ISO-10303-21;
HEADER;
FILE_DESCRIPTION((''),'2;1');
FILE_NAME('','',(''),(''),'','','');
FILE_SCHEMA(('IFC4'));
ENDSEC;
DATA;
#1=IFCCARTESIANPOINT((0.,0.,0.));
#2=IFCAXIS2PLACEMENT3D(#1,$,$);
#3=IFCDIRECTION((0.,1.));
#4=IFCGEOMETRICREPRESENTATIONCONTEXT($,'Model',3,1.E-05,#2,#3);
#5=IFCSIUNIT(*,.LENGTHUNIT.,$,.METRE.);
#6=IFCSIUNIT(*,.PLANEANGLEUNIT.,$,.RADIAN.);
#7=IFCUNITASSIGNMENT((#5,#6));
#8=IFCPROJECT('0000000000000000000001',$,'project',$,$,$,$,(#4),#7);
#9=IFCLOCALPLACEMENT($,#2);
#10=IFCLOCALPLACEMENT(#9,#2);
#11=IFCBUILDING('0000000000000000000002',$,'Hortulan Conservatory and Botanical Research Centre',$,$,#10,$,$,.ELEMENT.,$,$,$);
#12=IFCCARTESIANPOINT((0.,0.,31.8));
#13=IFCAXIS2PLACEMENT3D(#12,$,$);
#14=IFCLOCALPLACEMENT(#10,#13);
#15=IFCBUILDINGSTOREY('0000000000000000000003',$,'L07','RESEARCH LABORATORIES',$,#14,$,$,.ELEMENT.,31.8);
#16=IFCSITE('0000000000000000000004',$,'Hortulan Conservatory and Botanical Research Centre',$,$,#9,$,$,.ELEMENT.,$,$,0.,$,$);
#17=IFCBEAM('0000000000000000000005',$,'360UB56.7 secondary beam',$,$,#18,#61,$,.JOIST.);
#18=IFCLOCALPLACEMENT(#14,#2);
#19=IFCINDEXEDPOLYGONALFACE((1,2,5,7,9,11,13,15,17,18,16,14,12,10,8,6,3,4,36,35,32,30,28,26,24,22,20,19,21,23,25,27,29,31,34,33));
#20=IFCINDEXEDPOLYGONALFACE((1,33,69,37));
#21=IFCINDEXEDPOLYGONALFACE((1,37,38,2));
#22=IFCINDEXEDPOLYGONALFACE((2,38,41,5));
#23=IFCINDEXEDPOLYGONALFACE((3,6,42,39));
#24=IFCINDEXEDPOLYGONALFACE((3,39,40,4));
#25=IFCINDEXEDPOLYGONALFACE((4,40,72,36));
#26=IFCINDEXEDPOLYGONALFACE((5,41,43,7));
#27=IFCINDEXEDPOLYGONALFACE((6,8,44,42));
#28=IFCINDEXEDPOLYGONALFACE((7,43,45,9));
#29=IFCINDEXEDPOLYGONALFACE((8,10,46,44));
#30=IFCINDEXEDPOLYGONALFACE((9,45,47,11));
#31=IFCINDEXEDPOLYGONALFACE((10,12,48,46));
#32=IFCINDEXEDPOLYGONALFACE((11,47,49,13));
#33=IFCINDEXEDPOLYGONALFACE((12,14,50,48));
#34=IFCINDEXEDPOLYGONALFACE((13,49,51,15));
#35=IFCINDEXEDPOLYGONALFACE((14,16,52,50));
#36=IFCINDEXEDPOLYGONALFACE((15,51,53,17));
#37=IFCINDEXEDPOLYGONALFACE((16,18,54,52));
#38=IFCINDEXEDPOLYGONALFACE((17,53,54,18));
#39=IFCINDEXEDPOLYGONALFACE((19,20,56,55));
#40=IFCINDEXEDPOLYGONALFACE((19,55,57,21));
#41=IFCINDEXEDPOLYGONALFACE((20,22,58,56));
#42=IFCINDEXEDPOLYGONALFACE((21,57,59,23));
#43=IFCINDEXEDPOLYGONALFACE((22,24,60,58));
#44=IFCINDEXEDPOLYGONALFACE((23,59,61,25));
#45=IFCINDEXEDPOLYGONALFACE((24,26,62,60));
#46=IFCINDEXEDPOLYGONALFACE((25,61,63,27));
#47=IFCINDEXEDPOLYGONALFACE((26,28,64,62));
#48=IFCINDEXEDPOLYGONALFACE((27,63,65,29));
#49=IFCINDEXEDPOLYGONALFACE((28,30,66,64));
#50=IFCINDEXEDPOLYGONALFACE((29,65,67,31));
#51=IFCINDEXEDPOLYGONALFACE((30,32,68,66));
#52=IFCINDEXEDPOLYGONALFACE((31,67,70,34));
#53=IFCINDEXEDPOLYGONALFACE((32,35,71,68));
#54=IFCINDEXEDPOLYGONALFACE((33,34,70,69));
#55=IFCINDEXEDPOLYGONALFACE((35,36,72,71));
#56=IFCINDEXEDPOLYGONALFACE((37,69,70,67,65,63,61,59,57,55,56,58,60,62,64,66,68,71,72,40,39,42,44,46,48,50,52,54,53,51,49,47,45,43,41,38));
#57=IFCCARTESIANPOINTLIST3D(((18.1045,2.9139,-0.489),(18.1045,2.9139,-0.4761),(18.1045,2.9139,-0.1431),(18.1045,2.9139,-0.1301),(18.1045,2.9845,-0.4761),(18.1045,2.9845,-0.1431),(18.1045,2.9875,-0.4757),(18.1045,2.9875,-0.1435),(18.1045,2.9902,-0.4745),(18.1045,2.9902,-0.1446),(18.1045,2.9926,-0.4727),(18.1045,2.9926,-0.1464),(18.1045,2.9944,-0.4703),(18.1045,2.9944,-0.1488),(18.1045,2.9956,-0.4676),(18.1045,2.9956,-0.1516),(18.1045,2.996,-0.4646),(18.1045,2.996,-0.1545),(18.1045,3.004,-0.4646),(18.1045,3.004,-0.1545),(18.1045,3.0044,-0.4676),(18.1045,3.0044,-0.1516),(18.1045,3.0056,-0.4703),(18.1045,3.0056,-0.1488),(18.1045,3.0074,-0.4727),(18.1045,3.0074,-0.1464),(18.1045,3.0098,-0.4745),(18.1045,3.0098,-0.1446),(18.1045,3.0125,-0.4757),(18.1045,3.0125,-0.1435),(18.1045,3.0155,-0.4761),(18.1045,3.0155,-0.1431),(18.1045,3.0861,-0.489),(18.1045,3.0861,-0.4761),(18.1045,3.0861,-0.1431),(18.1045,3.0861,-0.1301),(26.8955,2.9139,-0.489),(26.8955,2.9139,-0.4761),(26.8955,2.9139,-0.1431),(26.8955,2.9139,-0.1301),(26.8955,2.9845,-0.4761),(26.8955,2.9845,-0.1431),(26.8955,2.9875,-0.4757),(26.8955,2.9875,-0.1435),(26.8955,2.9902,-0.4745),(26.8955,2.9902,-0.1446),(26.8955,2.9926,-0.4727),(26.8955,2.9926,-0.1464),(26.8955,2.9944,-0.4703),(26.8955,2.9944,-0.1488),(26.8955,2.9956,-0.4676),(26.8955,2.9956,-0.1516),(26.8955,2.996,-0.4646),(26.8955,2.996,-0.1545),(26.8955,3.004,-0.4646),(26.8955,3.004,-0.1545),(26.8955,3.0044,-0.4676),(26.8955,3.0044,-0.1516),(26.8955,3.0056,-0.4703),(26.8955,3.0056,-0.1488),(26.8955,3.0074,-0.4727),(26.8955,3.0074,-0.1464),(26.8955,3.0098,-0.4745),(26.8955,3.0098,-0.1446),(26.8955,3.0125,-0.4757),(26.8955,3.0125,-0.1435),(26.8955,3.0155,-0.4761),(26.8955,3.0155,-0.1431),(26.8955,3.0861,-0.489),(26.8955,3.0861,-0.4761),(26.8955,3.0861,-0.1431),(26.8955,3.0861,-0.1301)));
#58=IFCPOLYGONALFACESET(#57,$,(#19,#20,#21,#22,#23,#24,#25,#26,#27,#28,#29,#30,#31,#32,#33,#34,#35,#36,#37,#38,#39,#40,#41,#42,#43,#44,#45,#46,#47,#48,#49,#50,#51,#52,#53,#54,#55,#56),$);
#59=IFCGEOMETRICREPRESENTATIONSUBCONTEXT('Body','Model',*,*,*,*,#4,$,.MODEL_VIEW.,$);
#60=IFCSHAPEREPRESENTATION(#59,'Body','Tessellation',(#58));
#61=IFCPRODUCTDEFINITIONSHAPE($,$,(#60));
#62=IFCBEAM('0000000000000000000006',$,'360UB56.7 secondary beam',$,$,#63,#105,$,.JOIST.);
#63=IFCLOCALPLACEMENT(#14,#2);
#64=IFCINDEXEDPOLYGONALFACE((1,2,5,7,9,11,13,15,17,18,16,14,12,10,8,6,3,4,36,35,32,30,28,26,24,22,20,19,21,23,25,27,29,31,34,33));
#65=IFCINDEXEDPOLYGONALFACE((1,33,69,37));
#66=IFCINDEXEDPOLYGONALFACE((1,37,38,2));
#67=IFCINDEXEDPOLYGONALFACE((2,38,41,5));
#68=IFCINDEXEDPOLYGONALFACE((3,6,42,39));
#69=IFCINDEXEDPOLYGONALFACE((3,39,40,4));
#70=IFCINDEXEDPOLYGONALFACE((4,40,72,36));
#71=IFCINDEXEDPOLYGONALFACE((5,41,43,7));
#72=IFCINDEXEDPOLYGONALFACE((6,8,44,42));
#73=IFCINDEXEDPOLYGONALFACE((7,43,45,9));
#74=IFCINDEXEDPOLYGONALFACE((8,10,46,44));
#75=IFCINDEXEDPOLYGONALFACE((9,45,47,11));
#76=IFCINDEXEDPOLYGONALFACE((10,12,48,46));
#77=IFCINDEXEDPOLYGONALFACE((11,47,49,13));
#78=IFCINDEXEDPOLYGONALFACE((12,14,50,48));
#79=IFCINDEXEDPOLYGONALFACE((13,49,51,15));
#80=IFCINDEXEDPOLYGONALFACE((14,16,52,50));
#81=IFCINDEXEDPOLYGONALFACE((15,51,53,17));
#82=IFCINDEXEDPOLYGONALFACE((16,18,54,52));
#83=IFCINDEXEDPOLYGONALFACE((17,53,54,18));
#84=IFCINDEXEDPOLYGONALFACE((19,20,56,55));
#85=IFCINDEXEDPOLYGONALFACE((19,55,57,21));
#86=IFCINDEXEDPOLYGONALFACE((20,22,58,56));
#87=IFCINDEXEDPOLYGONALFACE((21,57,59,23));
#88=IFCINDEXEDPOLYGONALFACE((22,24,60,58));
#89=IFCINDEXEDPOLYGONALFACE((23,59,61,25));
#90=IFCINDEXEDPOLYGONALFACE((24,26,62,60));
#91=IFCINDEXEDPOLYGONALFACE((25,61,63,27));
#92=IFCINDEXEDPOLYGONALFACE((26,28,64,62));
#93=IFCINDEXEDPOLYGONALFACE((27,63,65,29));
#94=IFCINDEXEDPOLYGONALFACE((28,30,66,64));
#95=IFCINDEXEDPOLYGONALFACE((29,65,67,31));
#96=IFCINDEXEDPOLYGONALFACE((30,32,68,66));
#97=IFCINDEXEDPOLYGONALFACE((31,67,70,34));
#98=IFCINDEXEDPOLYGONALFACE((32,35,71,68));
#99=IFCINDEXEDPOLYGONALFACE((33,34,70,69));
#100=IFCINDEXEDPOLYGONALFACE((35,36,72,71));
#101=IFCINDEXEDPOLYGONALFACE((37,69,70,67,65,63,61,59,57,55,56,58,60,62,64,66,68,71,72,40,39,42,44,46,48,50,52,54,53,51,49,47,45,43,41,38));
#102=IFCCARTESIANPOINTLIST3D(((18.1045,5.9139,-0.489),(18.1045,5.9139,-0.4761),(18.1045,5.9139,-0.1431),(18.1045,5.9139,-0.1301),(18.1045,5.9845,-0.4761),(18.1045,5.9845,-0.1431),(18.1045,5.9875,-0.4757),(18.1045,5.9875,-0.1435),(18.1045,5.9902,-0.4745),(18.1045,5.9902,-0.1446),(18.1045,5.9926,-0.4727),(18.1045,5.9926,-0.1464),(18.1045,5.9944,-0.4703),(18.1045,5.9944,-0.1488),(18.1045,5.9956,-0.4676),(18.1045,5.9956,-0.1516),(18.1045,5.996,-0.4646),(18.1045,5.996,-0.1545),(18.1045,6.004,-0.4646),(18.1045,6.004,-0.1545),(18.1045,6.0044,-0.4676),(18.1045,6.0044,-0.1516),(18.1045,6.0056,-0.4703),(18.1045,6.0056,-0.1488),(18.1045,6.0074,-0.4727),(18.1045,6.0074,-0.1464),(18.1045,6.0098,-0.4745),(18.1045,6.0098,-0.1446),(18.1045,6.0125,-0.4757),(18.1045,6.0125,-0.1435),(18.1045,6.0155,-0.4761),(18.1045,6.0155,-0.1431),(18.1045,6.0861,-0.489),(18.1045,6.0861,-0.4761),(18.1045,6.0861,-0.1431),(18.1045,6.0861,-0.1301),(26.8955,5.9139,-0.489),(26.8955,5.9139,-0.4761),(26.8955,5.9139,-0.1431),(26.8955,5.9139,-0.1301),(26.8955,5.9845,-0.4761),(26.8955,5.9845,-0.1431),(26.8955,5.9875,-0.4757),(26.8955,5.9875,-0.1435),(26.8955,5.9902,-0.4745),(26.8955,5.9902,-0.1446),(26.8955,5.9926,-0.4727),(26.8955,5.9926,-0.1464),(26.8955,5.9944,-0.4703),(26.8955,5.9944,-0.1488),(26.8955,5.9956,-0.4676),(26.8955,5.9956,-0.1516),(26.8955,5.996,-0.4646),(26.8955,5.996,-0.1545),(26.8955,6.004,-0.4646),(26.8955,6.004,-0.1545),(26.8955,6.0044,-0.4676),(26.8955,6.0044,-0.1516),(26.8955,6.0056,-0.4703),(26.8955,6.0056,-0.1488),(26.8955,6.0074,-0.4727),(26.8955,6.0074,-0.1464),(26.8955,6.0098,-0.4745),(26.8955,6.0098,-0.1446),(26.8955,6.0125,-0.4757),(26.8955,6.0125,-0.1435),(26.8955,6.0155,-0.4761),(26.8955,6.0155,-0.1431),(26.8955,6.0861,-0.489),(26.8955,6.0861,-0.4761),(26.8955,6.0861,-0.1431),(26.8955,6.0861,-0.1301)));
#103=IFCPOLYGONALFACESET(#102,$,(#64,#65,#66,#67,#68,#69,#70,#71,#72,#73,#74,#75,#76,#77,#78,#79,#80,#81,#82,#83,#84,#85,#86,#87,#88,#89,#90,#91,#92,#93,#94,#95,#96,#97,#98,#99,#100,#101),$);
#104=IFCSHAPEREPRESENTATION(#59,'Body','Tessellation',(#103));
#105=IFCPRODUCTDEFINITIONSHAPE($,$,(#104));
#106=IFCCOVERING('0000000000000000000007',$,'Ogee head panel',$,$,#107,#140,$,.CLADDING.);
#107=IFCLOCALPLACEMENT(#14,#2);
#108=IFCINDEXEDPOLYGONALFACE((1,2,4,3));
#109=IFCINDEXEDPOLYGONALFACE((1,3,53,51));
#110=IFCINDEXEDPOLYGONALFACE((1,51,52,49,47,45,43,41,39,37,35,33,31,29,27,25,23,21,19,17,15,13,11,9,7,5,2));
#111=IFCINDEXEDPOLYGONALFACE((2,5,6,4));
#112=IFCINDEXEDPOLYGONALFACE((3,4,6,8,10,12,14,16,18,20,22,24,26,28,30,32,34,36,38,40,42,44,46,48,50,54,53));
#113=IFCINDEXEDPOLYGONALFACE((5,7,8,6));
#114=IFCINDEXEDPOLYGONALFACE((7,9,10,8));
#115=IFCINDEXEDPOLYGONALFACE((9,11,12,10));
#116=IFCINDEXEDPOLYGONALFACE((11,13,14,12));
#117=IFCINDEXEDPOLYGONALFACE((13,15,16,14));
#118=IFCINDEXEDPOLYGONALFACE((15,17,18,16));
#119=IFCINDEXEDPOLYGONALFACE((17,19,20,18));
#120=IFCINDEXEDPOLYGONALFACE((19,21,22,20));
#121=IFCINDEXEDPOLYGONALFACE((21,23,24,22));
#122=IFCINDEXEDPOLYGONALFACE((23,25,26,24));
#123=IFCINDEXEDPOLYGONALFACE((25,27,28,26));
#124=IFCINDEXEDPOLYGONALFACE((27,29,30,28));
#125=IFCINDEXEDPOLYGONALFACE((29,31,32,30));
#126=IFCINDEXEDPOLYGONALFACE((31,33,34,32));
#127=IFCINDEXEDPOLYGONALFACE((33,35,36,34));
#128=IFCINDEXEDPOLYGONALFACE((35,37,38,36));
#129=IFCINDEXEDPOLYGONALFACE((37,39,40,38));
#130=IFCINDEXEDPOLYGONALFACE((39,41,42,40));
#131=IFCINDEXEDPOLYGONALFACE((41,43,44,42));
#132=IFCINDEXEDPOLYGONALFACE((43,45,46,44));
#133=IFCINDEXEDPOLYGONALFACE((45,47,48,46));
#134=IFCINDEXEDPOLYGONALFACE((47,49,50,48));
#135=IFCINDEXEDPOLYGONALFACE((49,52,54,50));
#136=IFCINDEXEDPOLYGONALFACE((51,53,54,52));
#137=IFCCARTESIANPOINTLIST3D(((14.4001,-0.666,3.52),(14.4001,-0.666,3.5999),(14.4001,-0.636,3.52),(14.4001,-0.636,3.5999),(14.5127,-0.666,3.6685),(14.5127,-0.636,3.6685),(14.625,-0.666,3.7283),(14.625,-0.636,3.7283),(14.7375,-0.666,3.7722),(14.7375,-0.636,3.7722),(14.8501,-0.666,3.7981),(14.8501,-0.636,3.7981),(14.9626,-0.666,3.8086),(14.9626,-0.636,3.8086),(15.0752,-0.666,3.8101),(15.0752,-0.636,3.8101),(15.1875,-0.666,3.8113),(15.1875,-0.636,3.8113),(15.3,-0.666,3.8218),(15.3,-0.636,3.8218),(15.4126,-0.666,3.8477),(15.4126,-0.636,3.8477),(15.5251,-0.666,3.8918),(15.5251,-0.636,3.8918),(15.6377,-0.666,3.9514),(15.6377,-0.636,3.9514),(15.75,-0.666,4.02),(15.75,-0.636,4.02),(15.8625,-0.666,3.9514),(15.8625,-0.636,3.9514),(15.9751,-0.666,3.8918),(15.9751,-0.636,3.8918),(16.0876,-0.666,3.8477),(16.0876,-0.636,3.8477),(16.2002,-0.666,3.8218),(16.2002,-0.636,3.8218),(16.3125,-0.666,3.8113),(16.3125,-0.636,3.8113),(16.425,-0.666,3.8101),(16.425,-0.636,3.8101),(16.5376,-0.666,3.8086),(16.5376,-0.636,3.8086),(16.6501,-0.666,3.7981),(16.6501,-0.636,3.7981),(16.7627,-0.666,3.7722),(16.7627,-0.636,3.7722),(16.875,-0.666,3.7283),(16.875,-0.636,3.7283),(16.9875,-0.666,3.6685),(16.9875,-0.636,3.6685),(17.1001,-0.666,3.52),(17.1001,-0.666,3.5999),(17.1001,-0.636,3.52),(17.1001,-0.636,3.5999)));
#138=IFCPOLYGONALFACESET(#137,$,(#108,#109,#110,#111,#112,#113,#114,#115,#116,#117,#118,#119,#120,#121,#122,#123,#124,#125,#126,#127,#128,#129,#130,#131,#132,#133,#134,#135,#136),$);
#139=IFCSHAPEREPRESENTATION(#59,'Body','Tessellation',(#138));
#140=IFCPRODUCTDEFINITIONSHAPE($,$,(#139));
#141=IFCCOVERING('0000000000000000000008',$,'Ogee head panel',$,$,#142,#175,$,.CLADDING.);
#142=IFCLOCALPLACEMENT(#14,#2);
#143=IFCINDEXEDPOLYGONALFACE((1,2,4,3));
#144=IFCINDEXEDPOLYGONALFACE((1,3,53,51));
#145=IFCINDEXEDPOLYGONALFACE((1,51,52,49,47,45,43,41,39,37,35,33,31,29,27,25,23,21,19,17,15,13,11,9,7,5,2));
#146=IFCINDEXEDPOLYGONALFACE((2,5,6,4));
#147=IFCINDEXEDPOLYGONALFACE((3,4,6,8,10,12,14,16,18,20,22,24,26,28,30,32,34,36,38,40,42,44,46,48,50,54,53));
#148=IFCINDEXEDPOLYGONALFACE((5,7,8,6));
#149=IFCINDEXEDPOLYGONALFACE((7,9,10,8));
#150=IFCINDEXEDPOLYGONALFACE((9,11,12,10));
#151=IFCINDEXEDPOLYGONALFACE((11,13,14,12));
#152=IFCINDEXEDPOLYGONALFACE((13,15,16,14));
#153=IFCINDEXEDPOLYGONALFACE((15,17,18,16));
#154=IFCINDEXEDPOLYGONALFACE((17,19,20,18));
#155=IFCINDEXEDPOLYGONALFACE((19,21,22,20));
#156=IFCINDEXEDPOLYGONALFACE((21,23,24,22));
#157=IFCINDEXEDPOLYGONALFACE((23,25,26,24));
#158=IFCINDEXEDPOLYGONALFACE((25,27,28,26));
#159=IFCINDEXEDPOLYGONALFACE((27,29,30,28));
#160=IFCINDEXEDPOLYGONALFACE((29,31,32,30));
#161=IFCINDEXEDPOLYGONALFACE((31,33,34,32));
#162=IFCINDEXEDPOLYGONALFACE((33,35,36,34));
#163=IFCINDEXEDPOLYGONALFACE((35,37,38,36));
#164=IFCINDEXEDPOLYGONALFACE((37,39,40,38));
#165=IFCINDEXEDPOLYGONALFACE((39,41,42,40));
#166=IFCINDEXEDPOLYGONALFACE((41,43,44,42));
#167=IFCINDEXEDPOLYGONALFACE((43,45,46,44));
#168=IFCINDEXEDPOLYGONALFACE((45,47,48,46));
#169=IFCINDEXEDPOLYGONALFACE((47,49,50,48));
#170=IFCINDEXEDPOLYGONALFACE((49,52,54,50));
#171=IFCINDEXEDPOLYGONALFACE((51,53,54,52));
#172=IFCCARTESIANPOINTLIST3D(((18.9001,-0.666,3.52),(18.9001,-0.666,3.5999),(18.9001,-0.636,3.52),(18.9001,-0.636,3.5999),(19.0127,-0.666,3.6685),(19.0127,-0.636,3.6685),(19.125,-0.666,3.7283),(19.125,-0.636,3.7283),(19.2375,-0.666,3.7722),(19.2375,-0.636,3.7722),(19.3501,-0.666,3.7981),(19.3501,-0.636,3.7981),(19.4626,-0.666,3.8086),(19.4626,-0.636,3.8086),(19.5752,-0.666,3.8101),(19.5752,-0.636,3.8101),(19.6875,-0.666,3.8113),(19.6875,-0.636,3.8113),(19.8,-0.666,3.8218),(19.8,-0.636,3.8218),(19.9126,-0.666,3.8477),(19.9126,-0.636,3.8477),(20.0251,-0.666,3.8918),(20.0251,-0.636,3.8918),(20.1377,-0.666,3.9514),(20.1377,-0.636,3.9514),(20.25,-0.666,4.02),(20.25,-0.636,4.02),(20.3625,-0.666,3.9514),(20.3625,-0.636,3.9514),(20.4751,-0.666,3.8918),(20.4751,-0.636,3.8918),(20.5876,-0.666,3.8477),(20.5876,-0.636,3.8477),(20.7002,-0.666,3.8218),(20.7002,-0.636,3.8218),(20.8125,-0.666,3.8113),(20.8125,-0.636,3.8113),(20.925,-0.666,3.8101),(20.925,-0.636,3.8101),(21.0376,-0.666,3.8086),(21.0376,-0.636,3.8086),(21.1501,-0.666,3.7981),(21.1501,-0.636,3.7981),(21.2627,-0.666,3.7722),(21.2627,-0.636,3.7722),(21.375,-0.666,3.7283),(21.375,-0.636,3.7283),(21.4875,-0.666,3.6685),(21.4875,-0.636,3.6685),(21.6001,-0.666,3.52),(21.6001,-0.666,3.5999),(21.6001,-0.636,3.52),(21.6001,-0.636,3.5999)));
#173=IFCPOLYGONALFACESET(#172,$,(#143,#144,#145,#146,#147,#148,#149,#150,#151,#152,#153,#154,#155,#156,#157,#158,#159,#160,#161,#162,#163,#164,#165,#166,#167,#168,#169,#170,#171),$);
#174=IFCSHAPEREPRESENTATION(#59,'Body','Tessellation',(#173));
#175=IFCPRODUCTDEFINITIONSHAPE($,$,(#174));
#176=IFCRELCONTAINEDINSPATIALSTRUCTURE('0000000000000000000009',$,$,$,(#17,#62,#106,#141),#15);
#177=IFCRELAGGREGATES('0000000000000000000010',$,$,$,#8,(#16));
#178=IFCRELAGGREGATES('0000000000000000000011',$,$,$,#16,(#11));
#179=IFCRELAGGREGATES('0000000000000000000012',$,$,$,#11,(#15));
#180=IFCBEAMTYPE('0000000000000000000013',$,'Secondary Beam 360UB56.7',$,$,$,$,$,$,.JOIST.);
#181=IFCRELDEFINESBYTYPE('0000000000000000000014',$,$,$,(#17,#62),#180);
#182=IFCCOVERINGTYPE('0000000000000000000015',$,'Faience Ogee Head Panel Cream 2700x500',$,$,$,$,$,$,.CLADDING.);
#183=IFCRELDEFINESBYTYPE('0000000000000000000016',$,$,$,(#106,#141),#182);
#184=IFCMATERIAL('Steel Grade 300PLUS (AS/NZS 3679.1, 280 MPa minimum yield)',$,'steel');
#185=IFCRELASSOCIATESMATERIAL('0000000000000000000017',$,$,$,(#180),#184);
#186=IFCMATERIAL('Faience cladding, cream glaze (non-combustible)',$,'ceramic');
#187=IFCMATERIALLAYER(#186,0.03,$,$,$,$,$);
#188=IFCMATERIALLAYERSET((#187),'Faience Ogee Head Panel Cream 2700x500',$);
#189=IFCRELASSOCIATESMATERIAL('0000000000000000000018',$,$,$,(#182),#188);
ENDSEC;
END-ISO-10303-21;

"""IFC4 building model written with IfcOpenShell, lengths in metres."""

from ifc_helpers import new_model, si_unit, direction, frame, origin, origin_2d, place, context, subcontext, project, spatial, polyline, i_section, outline, extrude, material, layer, layer_set, material_profile, profile_set, type_object, element, save


model = new_model("IFC4")

# Units and contexts
model_context = context("Model", 3, precision=1e-05, world=origin(), true_north=direction((0.0, 1.0)))
body_context = subcontext(model_context, "Body", "Model", "MODEL_VIEW")
ifc_project = project(units=[si_unit("LENGTHUNIT", "METRE"), si_unit("PLANEANGLEUNIT", "RADIAN")], contexts=[model_context])

# Site, building, storey
site_placement = place(None, origin())
site = spatial("IfcSite", under=ifc_project, at=site_placement, Name="Hortulan Conservatory and Botanical Research Centre", CompositionType="ELEMENT", RefElevation=0.0)
building_placement = place(site_placement, origin())
building = spatial("IfcBuilding", under=site, at=building_placement, Name="Hortulan Conservatory and Botanical Research Centre", CompositionType="ELEMENT")
storey_placement = place(building_placement, frame((0.0, 0.0, 31.8)))
storey = spatial("IfcBuildingStorey", under=building, at=storey_placement, Name="L07", Description="RESEARCH LABORATORIES", CompositionType="ELEMENT", Elevation=31.8)

# Shared definitions
ifc_material_1 = material(Name="Steel Grade 300PLUS (AS/NZS 3679.1, 280 MPa minimum yield)", Category="steel")

# Beams
ifc_material_profile_1 = material_profile(ifc_material_1, i_section(OverallWidth=0.1721, OverallDepth=0.3589, WebThickness=0.0081, FlangeThickness=0.0129, FilletRadius=0.0115, at=origin_2d()), Name="360UB56.7")
ifc_profile_set_1 = profile_set([ifc_material_profile_1], Name="Steel Grade 300PLUS (AS/NZS 3679.1, 280 MPa minimum yield)")
beam_type_1 = type_object("IfcBeamType", Name="Secondary Beam 360UB56.7", PredefinedType="JOIST", material=ifc_profile_set_1)
for number, where, z_axis, x_axis, name in (
    (1, (18.1045, 3.0, -0.3096), (1.0, 0.0, 0.0), (0.0, 1.0, 0.0), "360UB56.7 secondary beam"),
    (2, (18.1045, 6.0, -0.3096), (1.0, 0.0, 0.0), (0.0, 1.0, 0.0), "360UB56.7 secondary beam"),
):
    element("IfcBeam", number, at=place(storey_placement, frame(where, z_axis=z_axis, x_axis=x_axis)), inside=storey, type_object=beam_type_1, Name=name, PredefinedType="JOIST", context=body_context, shape_type="SweptSolid", body=[
        extrude(i_section(OverallWidth=0.1721, OverallDepth=0.3589, WebThickness=0.0081, FlangeThickness=0.0129, FilletRadius=0.0115, at=origin_2d()), origin(), (0.0, 0.0, 1.0), 8.791),
    ])

# Coverings
ifc_material_2 = material(Name="Faience cladding, cream glaze (non-combustible)", Category="ceramic")
ifc_layer_1 = layer(ifc_material_2, 0.03)
ifc_layer_set_1 = layer_set([ifc_layer_1], Name="Faience Ogee Head Panel Cream 2700x500")
covering_type_1 = type_object("IfcCoveringType", Name="Faience Ogee Head Panel Cream 2700x500", PredefinedType="CLADDING", material=ifc_layer_set_1)
for number, where, z_axis, x_axis, name in (
    (3, (17.1001, -0.6509, 3.52), (0.0, 0.0, 1.0), (-1.0, 0.0, 0.0), "Ogee head panel"),
    (4, (21.6001, -0.6509, 3.52), (0.0, 0.0, 1.0), (-1.0, 0.0, 0.0), "Ogee head panel"),
):
    element("IfcCovering", number, at=place(storey_placement, frame(where, z_axis=z_axis, x_axis=x_axis)), inside=storey, type_object=covering_type_1, Name=name, PredefinedType="CLADDING", context=body_context, shape_type="SweptSolid", body=[
        extrude(outline(polyline([(0.0, 0.0), (2.7, 0.0), (2.7, 0.0798), (2.5874, 0.1484), (2.4751, 0.2083), (2.3625, 0.2522), (2.25, 0.2781), (2.1375, 0.2886), (2.0249, 0.29), (1.9126, 0.2913), (1.8, 0.3018), (1.6875, 0.3276), (1.575, 0.3718), (1.4624, 0.4314), (1.3501, 0.5), (1.2375, 0.4314), (1.125, 0.3718), (1.0125, 0.3276), (0.8999, 0.3018), (0.7876, 0.2913), (0.675, 0.29), (0.5625, 0.2886), (0.45, 0.2781), (0.3374, 0.2522), (0.2251, 0.2083), (0.1125, 0.1484), (0.0, 0.0798), (0.0, 0.0)])), frame((0.0, 0.0151, 0.0), z_axis=(0.0, -1.0, 0.0), x_axis=(1.0, 0.0, 0.0)), (0.0, 0.0, 1.0), 0.03),
    ])

save(model, "model.ifc")
